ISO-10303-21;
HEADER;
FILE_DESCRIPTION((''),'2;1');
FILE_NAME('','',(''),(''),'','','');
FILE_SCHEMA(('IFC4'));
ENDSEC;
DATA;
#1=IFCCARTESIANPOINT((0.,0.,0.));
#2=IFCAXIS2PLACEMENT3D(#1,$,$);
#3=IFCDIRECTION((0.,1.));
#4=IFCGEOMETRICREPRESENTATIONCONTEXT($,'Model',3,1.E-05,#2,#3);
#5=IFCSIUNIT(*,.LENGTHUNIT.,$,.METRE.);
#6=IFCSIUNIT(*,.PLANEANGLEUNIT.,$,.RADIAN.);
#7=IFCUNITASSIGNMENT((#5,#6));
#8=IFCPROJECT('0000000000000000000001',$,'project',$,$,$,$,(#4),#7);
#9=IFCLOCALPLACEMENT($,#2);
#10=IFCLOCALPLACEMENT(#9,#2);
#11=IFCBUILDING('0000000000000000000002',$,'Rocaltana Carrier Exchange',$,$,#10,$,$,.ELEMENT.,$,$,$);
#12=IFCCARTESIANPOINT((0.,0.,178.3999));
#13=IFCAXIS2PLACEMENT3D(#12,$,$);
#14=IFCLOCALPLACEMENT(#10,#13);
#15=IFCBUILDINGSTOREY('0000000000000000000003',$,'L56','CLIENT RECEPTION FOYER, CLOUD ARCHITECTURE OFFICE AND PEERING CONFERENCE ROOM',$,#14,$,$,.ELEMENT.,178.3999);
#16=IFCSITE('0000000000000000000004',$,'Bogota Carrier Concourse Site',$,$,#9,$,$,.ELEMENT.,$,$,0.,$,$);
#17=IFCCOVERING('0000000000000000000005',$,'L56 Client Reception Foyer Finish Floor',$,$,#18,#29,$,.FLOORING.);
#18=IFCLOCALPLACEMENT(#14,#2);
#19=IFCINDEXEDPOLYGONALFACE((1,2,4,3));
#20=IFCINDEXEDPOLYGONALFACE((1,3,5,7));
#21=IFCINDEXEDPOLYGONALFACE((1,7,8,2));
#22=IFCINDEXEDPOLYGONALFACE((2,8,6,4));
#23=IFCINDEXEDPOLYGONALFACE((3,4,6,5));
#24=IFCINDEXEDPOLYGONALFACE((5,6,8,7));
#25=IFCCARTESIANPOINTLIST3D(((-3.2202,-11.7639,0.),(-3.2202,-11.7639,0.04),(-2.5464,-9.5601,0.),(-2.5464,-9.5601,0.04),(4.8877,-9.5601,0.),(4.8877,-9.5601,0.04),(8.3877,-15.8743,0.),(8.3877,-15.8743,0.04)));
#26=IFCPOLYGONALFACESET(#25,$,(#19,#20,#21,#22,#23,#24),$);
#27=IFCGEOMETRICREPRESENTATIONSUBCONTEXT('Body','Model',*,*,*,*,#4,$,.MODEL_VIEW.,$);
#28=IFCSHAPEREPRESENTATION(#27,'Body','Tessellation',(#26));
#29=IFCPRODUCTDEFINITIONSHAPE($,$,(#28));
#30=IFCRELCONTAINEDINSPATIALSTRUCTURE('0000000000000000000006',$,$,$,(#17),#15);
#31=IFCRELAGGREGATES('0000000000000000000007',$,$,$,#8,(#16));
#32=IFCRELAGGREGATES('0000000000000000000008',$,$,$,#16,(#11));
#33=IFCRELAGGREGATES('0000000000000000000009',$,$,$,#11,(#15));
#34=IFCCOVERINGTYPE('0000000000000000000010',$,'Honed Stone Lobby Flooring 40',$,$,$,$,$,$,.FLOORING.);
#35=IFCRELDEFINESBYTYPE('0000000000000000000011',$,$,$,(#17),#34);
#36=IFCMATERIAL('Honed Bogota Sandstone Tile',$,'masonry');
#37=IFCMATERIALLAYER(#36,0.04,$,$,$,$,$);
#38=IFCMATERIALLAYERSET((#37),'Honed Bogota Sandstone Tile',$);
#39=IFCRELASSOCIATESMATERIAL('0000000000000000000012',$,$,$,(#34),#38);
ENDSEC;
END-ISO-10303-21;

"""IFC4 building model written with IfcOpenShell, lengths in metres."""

from ifc_helpers import new_model, si_unit, direction, frame, origin, place, context, subcontext, project, spatial, polyline, outline, extrude, material, layer, layer_set, type_object, element, save


model = new_model("IFC4")

# Units and contexts
model_context = context("Model", 3, precision=1e-05, world=origin(), true_north=direction((0.0, 1.0)))
body_context = subcontext(model_context, "Body", "Model", "MODEL_VIEW")
ifc_project = project(units=[si_unit("LENGTHUNIT", "METRE"), si_unit("PLANEANGLEUNIT", "RADIAN")], contexts=[model_context])

# Site, building, storey
site_placement = place(None, origin())
site = spatial("IfcSite", under=ifc_project, at=site_placement, Name="Bogota Carrier Concourse Site", CompositionType="ELEMENT", RefElevation=0.0)
building_placement = place(site_placement, origin())
building = spatial("IfcBuilding", under=site, at=building_placement, Name="Rocaltana Carrier Exchange", CompositionType="ELEMENT")
storey_placement = place(building_placement, frame((0.0, 0.0, 178.3999)))
storey = spatial("IfcBuildingStorey", under=building, at=storey_placement, Name="L56", Description="CLIENT RECEPTION FOYER, CLOUD ARCHITECTURE OFFICE AND PEERING CONFERENCE ROOM", CompositionType="ELEMENT", Elevation=178.3999)

# Covering
ifc_material_1 = material(Name="Honed Bogota Sandstone Tile", Category="masonry")
ifc_layer_1 = layer(ifc_material_1, 0.04)
ifc_layer_set_1 = layer_set([ifc_layer_1], Name="Honed Bogota Sandstone Tile")
covering_type_1 = type_object("IfcCoveringType", Name="Honed Stone Lobby Flooring 40", PredefinedType="FLOORING", material=ifc_layer_set_1)
covering_1_placement = place(storey_placement, origin())
element("IfcCovering", 1, at=covering_1_placement, inside=storey, type_object=covering_type_1, Name="L56 Client Reception Foyer Finish Floor", PredefinedType="FLOORING", context=body_context, shape_type="SweptSolid", body=[
    extrude(outline(polyline([(-3.2202, -11.7639), (-2.5464, -9.5601), (4.8877, -9.5601), (8.3877, -15.8743), (-3.2202, -11.7639)])), origin(), (0.0, 0.0, 1.0), 0.04),
])

save(model, "model.ifc")
